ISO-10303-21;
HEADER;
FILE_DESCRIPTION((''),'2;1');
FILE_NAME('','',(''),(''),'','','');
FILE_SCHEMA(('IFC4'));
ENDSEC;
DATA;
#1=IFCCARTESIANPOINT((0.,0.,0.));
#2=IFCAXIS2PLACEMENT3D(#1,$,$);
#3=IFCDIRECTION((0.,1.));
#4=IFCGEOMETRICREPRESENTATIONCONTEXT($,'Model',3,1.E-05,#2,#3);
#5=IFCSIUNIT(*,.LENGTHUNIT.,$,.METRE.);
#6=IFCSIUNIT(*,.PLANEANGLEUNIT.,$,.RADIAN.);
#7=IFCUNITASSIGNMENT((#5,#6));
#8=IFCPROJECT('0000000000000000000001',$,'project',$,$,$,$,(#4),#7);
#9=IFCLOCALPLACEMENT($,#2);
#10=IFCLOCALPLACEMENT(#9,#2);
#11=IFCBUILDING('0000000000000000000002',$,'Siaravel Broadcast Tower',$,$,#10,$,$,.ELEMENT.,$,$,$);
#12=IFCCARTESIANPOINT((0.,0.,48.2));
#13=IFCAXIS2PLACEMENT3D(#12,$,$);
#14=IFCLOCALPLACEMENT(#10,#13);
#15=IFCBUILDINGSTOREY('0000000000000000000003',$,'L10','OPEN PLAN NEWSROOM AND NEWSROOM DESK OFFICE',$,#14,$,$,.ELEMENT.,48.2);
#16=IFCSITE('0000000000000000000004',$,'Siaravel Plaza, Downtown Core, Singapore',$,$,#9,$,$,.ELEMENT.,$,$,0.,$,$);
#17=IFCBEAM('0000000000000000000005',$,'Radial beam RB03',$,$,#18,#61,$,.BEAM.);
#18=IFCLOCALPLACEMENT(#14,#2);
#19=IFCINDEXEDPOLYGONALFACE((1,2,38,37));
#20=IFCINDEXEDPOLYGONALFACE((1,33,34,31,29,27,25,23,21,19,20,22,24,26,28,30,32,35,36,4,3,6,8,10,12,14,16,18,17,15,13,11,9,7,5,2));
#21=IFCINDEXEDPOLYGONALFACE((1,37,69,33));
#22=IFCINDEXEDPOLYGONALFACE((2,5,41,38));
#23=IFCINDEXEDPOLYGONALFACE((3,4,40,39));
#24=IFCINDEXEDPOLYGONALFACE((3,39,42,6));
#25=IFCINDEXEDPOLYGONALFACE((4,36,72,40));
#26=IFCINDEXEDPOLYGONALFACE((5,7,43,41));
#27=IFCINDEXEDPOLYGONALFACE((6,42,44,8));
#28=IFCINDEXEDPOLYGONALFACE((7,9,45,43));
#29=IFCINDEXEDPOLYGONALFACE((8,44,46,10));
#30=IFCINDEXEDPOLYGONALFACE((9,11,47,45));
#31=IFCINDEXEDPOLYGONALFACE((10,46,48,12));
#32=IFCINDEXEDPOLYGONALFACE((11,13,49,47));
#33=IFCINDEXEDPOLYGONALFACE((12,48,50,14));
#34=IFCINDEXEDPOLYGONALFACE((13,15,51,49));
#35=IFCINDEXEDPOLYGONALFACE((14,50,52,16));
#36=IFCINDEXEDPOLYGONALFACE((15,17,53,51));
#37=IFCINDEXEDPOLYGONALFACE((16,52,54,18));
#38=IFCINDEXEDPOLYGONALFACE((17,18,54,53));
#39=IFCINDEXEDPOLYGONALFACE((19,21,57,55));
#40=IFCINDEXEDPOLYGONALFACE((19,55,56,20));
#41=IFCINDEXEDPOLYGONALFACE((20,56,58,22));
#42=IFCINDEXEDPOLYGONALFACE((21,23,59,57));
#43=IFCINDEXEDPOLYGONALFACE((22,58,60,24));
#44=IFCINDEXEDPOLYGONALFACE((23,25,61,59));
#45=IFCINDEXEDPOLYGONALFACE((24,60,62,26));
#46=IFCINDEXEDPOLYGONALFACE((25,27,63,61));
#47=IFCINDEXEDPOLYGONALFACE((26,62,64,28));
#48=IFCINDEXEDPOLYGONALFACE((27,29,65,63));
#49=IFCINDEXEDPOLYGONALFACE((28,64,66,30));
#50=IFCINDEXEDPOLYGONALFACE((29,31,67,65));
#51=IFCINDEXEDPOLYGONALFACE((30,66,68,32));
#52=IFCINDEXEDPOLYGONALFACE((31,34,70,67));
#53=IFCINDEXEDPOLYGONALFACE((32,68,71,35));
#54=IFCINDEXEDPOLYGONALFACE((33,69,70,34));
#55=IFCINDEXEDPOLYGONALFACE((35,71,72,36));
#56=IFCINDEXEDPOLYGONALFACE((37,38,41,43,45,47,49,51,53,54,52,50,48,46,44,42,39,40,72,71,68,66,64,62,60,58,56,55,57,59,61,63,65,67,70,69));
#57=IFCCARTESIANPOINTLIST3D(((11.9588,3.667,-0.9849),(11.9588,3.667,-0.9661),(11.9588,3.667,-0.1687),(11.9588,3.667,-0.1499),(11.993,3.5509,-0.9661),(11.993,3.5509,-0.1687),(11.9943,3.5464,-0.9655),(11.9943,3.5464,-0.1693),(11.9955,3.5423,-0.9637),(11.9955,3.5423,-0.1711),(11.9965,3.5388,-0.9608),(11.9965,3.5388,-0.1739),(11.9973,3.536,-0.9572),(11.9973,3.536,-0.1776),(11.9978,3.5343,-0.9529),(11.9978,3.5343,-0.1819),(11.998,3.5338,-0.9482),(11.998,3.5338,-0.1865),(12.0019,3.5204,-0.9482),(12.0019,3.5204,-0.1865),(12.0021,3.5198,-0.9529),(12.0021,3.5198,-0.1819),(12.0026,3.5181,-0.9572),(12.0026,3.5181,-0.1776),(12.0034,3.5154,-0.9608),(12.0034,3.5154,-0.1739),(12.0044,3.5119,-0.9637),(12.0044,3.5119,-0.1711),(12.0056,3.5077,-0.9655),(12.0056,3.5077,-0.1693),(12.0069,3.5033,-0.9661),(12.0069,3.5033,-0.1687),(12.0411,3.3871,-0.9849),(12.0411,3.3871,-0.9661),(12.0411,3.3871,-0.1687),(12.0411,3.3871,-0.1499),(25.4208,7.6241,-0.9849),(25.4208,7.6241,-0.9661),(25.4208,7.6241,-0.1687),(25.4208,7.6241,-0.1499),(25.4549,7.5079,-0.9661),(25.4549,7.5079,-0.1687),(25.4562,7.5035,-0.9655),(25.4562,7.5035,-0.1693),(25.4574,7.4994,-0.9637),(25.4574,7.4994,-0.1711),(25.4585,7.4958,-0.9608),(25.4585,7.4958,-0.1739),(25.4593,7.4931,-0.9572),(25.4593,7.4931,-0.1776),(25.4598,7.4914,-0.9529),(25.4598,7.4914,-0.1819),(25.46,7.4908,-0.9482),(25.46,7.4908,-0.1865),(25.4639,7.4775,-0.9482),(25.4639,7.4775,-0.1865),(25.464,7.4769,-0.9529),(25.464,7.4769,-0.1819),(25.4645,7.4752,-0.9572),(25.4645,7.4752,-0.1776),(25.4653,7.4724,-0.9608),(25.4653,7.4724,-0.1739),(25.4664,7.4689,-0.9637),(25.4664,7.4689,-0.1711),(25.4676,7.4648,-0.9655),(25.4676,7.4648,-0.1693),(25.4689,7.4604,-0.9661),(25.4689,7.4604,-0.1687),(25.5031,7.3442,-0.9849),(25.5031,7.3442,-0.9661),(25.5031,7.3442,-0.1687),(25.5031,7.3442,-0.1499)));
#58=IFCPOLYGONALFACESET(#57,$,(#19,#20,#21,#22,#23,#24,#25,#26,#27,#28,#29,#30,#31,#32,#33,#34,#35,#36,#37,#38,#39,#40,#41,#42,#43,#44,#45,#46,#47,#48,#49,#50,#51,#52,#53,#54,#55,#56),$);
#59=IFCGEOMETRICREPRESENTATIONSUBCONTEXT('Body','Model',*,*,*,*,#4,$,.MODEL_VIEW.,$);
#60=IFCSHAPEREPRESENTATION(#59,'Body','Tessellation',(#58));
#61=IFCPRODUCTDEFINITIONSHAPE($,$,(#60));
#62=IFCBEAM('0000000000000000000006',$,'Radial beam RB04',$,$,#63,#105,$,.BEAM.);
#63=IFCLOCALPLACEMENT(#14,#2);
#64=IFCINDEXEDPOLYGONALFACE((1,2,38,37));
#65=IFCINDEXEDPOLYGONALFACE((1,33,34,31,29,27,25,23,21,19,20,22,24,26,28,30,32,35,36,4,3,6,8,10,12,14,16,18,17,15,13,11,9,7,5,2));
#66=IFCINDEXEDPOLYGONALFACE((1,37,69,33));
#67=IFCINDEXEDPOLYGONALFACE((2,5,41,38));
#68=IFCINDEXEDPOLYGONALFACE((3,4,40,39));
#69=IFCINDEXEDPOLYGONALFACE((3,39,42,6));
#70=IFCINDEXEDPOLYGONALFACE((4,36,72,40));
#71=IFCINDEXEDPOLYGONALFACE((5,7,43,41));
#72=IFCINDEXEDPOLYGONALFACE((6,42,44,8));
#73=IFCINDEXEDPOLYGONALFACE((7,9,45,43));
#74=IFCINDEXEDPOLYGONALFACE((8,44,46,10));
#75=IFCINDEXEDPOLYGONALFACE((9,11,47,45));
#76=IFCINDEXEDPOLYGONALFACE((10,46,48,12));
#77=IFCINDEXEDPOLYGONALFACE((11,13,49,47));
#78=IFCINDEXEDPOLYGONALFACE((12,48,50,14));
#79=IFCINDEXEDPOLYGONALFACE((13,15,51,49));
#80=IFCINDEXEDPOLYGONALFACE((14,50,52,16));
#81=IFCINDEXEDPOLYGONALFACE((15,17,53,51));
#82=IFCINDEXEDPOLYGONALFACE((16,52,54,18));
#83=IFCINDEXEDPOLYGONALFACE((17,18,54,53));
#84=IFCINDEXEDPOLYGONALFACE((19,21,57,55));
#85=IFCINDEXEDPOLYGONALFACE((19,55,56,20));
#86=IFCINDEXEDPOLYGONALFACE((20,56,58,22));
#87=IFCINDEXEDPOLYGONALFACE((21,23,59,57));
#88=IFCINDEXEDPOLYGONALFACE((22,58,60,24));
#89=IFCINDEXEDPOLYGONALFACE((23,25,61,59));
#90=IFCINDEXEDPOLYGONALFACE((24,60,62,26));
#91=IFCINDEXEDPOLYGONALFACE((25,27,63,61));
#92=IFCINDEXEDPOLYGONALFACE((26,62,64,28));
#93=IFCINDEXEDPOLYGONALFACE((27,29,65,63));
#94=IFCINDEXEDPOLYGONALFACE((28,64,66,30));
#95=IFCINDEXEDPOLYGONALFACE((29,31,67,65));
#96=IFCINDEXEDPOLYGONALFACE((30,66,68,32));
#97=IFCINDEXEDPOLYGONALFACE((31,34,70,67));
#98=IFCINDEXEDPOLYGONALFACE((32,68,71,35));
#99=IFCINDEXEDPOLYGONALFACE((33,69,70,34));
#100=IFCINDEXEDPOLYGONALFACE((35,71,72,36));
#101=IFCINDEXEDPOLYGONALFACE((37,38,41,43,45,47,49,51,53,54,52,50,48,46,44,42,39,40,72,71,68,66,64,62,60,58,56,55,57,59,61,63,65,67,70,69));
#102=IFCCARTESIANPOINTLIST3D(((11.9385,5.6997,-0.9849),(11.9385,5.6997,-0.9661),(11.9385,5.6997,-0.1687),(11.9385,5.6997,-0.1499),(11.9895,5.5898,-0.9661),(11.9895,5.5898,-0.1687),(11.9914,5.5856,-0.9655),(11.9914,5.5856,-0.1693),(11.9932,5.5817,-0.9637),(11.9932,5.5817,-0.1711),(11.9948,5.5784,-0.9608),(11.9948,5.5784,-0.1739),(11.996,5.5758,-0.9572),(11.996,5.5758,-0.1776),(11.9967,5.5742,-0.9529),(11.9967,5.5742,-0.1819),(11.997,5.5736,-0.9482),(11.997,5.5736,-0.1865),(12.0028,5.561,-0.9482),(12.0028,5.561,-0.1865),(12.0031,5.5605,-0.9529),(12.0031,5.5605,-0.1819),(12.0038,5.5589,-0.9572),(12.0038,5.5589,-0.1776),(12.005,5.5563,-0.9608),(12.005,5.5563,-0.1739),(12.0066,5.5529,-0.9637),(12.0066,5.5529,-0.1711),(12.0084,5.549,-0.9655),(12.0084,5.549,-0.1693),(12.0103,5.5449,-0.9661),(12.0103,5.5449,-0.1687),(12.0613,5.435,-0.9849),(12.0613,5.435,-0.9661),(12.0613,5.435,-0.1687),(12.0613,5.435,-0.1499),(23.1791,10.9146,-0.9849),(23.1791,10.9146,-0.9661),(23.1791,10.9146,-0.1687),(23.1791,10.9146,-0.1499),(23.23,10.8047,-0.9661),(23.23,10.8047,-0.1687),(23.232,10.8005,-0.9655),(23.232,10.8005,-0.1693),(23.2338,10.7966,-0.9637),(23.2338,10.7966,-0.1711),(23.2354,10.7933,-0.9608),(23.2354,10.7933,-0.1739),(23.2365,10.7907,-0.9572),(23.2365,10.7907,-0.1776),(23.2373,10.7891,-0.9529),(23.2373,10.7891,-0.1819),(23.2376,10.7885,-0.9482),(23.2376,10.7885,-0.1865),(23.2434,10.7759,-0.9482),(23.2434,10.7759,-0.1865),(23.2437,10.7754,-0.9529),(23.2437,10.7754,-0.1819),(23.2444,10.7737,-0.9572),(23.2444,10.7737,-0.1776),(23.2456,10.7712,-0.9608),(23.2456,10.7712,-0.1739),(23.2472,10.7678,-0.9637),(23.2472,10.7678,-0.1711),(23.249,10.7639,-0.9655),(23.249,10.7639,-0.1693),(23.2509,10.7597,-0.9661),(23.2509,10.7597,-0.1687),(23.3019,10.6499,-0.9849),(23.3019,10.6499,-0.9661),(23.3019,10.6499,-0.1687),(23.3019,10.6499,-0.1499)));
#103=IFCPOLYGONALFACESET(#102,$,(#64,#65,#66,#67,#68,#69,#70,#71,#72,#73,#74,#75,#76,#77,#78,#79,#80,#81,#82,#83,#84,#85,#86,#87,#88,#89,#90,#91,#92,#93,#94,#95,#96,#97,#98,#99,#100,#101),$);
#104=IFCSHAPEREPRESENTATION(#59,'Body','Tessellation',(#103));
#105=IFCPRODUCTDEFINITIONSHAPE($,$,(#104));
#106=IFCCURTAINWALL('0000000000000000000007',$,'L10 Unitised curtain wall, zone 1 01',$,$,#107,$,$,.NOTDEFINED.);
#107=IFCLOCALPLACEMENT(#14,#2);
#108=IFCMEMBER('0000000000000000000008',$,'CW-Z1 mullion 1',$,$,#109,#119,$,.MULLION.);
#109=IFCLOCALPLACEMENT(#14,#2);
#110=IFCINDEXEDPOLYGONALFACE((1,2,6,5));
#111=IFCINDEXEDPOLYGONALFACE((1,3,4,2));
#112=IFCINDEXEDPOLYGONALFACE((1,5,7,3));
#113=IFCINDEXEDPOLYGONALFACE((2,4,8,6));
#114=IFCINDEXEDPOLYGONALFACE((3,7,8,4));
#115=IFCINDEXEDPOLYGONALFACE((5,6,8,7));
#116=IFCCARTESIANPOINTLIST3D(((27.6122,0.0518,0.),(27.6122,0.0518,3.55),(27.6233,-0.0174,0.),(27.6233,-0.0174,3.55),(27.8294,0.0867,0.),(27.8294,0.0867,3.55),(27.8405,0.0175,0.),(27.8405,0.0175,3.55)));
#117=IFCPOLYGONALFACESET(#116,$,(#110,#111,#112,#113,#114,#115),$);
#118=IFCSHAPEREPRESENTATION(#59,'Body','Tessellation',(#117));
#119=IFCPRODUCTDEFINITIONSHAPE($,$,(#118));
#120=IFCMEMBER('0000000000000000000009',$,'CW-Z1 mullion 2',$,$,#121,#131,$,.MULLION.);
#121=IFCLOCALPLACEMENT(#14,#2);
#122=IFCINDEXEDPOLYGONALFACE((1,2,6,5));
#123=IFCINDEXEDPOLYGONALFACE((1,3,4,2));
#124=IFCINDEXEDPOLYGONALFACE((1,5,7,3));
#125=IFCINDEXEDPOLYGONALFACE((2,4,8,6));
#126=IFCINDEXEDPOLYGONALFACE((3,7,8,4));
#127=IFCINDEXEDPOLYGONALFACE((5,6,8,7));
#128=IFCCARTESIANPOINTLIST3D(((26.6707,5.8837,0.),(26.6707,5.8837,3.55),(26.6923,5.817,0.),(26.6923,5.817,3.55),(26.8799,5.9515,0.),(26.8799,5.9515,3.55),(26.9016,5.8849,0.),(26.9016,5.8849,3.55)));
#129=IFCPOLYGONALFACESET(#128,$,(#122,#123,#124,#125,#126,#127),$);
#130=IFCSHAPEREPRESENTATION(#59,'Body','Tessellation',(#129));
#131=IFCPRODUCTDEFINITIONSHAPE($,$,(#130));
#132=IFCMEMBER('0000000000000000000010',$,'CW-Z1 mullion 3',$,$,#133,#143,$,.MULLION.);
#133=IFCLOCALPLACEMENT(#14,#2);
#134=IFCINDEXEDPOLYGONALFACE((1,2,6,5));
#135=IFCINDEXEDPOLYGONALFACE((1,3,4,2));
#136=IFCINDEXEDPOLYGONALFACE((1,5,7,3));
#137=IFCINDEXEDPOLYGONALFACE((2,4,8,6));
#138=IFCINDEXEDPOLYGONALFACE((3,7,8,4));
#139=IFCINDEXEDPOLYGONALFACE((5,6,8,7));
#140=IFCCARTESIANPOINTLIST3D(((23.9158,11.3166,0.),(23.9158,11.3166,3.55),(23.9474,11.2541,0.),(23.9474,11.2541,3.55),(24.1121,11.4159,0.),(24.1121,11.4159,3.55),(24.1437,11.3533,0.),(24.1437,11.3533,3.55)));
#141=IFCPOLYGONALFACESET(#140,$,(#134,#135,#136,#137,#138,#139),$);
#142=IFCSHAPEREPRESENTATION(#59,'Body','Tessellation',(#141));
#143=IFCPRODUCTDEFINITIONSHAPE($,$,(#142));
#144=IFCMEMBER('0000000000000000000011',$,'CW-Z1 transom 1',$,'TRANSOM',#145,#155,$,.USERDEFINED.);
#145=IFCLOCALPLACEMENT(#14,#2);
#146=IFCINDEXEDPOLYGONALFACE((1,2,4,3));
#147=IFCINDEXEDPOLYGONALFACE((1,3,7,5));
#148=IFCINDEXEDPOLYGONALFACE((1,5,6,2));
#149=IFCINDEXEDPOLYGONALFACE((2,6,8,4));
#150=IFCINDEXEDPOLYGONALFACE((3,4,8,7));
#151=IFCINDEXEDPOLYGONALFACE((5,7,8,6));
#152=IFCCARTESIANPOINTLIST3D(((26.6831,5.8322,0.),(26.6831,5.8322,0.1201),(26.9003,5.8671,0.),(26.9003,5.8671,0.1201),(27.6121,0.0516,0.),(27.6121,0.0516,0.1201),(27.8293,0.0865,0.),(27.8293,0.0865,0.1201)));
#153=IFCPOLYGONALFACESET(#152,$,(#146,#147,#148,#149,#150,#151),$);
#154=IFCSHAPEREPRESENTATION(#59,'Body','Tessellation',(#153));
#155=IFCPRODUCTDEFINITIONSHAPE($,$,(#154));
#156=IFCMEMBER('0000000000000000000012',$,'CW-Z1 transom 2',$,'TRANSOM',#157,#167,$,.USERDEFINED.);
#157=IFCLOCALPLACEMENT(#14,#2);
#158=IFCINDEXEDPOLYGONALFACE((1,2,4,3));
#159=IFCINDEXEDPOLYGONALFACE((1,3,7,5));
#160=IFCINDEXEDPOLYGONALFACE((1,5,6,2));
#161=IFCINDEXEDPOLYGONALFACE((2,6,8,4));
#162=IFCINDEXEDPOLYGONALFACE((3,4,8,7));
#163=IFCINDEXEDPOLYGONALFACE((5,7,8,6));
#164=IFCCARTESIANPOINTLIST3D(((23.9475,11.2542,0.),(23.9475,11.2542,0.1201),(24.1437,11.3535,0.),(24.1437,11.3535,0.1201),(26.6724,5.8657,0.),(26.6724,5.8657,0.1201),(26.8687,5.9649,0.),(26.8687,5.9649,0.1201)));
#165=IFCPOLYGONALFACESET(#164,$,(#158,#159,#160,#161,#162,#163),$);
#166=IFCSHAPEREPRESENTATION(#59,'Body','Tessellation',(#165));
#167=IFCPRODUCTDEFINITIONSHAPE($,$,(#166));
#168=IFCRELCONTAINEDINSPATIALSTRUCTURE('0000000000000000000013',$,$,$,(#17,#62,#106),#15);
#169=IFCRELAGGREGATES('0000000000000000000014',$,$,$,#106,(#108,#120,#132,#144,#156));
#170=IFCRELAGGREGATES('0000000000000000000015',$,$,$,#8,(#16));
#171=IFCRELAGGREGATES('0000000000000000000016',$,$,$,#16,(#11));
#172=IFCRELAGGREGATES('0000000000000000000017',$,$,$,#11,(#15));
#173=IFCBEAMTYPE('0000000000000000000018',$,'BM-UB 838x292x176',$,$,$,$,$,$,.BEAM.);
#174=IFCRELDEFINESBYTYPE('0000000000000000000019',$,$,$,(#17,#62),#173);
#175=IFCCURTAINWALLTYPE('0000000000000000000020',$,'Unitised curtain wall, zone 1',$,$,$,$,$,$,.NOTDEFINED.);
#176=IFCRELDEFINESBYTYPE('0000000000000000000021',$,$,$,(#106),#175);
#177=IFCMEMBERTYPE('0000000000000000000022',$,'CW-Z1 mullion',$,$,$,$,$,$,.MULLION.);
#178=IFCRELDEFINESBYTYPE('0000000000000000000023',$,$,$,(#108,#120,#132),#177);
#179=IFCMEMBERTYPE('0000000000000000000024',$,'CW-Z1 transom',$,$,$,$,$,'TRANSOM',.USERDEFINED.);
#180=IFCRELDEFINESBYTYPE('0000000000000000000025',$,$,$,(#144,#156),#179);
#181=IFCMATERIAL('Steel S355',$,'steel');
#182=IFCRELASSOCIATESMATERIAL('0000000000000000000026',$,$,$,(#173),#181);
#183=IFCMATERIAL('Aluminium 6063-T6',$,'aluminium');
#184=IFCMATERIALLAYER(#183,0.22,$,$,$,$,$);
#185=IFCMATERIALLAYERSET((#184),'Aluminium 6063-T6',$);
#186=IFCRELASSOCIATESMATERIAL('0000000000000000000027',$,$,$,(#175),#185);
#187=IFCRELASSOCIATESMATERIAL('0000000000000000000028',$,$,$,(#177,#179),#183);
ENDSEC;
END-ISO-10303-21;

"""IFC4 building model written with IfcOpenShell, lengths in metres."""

from ifc_helpers import new_model, si_unit, direction, frame, origin, origin_2d, place, context, subcontext, project, spatial, rectangle, i_section, extrude, material, layer, layer_set, material_profile, profile_set, type_object, element, aggregate, save


model = new_model("IFC4")

# Units and contexts
model_context = context("Model", 3, precision=1e-05, world=origin(), true_north=direction((0.0, 1.0)))
body_context = subcontext(model_context, "Body", "Model", "MODEL_VIEW")
ifc_project = project(units=[si_unit("LENGTHUNIT", "METRE"), si_unit("PLANEANGLEUNIT", "RADIAN")], contexts=[model_context])

# Site, building, storey
site_placement = place(None, origin())
site = spatial("IfcSite", under=ifc_project, at=site_placement, Name="Siaravel Plaza, Downtown Core, Singapore", CompositionType="ELEMENT", RefElevation=0.0)
building_placement = place(site_placement, origin())
building = spatial("IfcBuilding", under=site, at=building_placement, Name="Siaravel Broadcast Tower", CompositionType="ELEMENT")
storey_placement = place(building_placement, frame((0.0, 0.0, 48.2)))
storey = spatial("IfcBuildingStorey", under=building, at=storey_placement, Name="L10", Description="OPEN PLAN NEWSROOM AND NEWSROOM DESK OFFICE", CompositionType="ELEMENT", Elevation=48.2)

# Beams
ifc_material_1 = material(Name="Steel S355", Category="steel")
ifc_material_profile_1 = material_profile(ifc_material_1, i_section(OverallWidth=0.2917, OverallDepth=0.835, WebThickness=0.0139, FlangeThickness=0.0188, FilletRadius=0.0178, at=origin_2d()))
ifc_profile_set_1 = profile_set([ifc_material_profile_1], Name="Steel S355")
beam_type = type_object("IfcBeamType", Name="BM-UB 838x292x176", PredefinedType="BEAM", material=ifc_profile_set_1)
beam_1_placement = place(storey_placement, frame((25.4619, 7.4841, -0.5674), z_axis=(-0.959411, -0.282012, 0.0), x_axis=(0.282012, -0.959411, 0.0)))
element("IfcBeam", 1, at=beam_1_placement, inside=storey, type_object=beam_type, Name="Radial beam RB03", PredefinedType="BEAM", context=body_context, shape_type="SweptSolid", body=[
    extrude(i_section(OverallWidth=0.2917, OverallDepth=0.835, WebThickness=0.0139, FlangeThickness=0.0188, FilletRadius=0.0178, at=origin_2d()), origin(), (0.0, 0.0, 1.0), 14.0315),
])
beam_2_placement = place(storey_placement, frame((23.2405, 10.7822, -0.5674), z_axis=(-0.907131, -0.420849, 0.0), x_axis=(0.420849, -0.907131, 0.0)))
element("IfcBeam", 2, at=beam_2_placement, inside=storey, type_object=beam_type, Name="Radial beam RB04", PredefinedType="BEAM", context=body_context, shape_type="SweptSolid", body=[
    extrude(i_section(OverallWidth=0.2917, OverallDepth=0.835, WebThickness=0.0139, FlangeThickness=0.0188, FilletRadius=0.0178, at=origin_2d()), origin(), (0.0, 0.0, 1.0), 12.3914),
])

# Curtain wall, members
ifc_material_2 = material(Name="Aluminium 6063-T6", Category="aluminium")
ifc_layer_1 = layer(ifc_material_2, 0.22)
ifc_layer_set_1 = layer_set([ifc_layer_1], Name="Aluminium 6063-T6")
curtain_wall_type = type_object("IfcCurtainWallType", Name="Unitised curtain wall, zone 1", PredefinedType="NOTDEFINED", material=ifc_layer_set_1)
curtain_wall_placement = place(storey_placement, origin())
curtain_wall = element("IfcCurtainWall", 3, at=curtain_wall_placement, inside=storey, type_object=curtain_wall_type, Name="L10 Unitised curtain wall, zone 1 01", PredefinedType="NOTDEFINED")
ifc_material_profile_2 = material_profile(ifc_material_2, rectangle(XDim=0.22, YDim=0.0701, at=origin_2d()))
ifc_profile_set_2 = profile_set([ifc_material_profile_2], Name="Aluminium 6063-T6")
member_type_1 = type_object("IfcMemberType", Name="CW-Z1 mullion", PredefinedType="MULLION", material=ifc_profile_set_2)
member_1_placement = place(storey_placement, frame((27.7263, 0.0347, 0.0), z_axis=(0.0, 0.0, 1.0), x_axis=(-0.987329, -0.158686, 0.0)))
member_1 = element("IfcMember", 4, at=member_1_placement, type_object=member_type_1, Name="CW-Z1 mullion 1", PredefinedType="MULLION", context=body_context, shape_type="SweptSolid", body=[
    extrude(rectangle(XDim=0.22, YDim=0.0701, at=origin_2d()), origin(), (0.0, 0.0, 1.0), 3.55),
])
member_2_placement = place(storey_placement, frame((26.7861, 5.8843, 0.0), z_axis=(0.0, 0.0, 1.0), x_axis=(-0.951177, -0.308646, 0.0)))
member_2 = element("IfcMember", 5, at=member_2_placement, type_object=member_type_1, Name="CW-Z1 mullion 2", PredefinedType="MULLION", context=body_context, shape_type="SweptSolid", body=[
    extrude(rectangle(XDim=0.22, YDim=0.0701, at=origin_2d()), origin(), (0.0, 0.0, 1.0), 3.55),
])
member_3_placement = place(storey_placement, frame((24.0298, 11.335, 0.0), z_axis=(0.0, 0.0, 1.0), x_axis=(-0.892392, -0.451261, 0.0)))
member_3 = element("IfcMember", 6, at=member_3_placement, type_object=member_type_1, Name="CW-Z1 mullion 3", PredefinedType="MULLION", context=body_context, shape_type="SweptSolid", body=[
    extrude(rectangle(XDim=0.22, YDim=0.0701, at=origin_2d()), origin(), (0.0, 0.0, 1.0), 3.55),
])
ifc_material_profile_3 = material_profile(ifc_material_2, rectangle(XDim=0.22, YDim=0.1201, at=origin_2d()))
ifc_profile_set_3 = profile_set([ifc_material_profile_3], Name="Aluminium 6063-T6")
member_type_2 = type_object("IfcMemberType", Name="CW-Z1 transom", ElementType="TRANSOM", PredefinedType="USERDEFINED", material=ifc_profile_set_3)
member_4_placement = place(storey_placement, frame((27.7207, 0.0691, 0.0601), z_axis=(-0.158669, 0.987332, 0.0), x_axis=(-0.987332, -0.158669, 0.0)))
member_4 = element("IfcMember", 7, at=member_4_placement, type_object=member_type_2, Name="CW-Z1 transom 1", ObjectType="TRANSOM", PredefinedType="USERDEFINED", context=body_context, shape_type="SweptSolid", body=[
    extrude(rectangle(XDim=0.22, YDim=0.1201, at=origin_2d()), origin(), (0.0, 0.0, 1.0), 5.8547),
])
member_5_placement = place(storey_placement, frame((26.7705, 5.9153, 0.0601), z_axis=(-0.451268, 0.892388, 0.0), x_axis=(-0.892388, -0.451268, 0.0)))
member_5 = element("IfcMember", 8, at=member_5_placement, type_object=member_type_2, Name="CW-Z1 transom 2", ObjectType="TRANSOM", PredefinedType="USERDEFINED", context=body_context, shape_type="SweptSolid", body=[
    extrude(rectangle(XDim=0.22, YDim=0.1201, at=origin_2d()), origin(), (0.0, 0.0, 1.0), 6.0383),
])

aggregate(curtain_wall, [member_1, member_2, member_3, member_4, member_5])

save(model, "model.ifc")
